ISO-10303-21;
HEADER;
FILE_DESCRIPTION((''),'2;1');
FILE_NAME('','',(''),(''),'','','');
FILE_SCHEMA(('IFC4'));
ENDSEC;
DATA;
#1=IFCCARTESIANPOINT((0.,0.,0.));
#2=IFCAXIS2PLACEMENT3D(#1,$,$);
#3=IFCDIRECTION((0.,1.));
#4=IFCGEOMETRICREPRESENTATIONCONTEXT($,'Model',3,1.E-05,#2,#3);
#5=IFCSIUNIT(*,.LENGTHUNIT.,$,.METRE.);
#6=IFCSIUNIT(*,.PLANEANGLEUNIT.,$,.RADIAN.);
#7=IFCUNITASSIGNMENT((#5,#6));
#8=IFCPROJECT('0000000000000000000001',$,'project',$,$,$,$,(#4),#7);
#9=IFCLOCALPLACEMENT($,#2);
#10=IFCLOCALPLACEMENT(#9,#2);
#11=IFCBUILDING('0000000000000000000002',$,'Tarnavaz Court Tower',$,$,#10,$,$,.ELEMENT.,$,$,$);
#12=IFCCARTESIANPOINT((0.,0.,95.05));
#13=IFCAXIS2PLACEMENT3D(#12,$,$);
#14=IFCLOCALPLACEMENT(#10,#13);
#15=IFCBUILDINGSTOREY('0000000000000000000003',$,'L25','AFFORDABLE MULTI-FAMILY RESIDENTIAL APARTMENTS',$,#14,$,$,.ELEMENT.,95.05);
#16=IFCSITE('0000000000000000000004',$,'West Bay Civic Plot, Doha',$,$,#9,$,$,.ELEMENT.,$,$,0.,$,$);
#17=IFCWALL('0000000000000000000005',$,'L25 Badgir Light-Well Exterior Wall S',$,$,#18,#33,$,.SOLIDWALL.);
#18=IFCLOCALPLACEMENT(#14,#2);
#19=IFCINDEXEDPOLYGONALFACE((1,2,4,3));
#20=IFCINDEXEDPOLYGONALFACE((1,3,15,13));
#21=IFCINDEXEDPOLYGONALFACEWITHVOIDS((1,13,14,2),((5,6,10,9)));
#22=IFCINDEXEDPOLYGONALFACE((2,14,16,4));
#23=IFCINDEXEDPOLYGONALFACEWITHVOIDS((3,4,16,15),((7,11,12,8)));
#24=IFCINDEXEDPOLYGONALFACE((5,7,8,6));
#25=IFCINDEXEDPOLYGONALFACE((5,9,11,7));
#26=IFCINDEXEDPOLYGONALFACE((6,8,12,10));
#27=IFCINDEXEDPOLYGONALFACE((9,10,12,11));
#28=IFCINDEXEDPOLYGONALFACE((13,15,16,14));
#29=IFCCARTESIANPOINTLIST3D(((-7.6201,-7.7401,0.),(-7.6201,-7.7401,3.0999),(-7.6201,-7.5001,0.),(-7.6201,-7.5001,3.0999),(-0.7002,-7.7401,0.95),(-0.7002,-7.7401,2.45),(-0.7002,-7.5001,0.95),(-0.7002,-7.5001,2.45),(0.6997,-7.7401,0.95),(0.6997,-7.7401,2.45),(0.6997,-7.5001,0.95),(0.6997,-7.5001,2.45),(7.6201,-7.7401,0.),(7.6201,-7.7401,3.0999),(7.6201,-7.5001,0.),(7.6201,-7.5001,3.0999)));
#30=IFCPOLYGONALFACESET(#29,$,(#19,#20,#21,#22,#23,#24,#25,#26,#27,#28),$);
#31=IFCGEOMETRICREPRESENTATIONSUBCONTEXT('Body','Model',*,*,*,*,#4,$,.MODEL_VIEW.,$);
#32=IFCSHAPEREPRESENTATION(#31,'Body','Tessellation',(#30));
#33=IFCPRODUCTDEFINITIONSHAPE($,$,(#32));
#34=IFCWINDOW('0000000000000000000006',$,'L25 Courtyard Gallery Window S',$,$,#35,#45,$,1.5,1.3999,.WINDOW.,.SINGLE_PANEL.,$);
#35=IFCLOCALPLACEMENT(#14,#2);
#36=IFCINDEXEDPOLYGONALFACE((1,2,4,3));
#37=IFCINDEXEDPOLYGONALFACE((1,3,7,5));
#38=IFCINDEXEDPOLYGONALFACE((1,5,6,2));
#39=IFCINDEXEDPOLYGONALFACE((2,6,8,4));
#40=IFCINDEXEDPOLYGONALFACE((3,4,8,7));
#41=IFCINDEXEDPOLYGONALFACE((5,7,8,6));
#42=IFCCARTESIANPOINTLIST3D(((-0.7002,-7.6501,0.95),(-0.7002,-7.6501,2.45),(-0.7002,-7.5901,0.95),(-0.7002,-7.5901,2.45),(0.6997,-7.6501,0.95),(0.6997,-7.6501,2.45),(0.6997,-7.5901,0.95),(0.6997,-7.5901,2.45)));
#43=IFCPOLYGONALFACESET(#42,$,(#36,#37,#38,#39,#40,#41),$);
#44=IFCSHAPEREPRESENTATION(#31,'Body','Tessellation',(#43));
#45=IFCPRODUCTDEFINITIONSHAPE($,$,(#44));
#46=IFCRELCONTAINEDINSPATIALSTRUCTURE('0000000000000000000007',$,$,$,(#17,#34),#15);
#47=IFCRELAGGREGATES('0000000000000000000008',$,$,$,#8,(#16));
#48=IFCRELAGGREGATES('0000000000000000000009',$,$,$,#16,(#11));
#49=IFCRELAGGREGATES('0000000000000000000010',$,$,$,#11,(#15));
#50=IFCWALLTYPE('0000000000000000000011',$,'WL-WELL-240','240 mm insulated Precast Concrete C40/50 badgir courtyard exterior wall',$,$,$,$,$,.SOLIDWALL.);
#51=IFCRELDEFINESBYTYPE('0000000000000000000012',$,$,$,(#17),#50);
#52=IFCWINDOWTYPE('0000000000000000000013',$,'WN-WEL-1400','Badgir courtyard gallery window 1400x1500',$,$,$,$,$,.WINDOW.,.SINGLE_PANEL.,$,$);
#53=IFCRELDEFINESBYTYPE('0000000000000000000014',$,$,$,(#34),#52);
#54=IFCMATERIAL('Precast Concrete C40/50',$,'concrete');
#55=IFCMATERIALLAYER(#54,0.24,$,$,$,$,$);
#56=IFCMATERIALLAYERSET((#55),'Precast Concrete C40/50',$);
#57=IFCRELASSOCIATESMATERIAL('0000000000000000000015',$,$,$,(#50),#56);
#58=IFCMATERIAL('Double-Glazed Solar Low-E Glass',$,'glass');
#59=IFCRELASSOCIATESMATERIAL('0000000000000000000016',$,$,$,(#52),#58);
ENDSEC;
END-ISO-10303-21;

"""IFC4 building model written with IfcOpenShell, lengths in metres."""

from ifc_helpers import new_model, si_unit, direction, frame, frame_2d, origin, place, context, subcontext, project, spatial, rectangle, extrude, material, layer, layer_set, type_object, element, fill, save


model = new_model("IFC4")

# Units and contexts
model_context = context("Model", 3, precision=1e-05, world=origin(), true_north=direction((0.0, 1.0)))
body_context = subcontext(model_context, "Body", "Model", "MODEL_VIEW")
ifc_project = project(units=[si_unit("LENGTHUNIT", "METRE"), si_unit("PLANEANGLEUNIT", "RADIAN")], contexts=[model_context])

# Site, building, storey
site_placement = place(None, origin())
site = spatial("IfcSite", under=ifc_project, at=site_placement, Name="West Bay Civic Plot, Doha", CompositionType="ELEMENT", RefElevation=0.0)
building_placement = place(site_placement, origin())
building = spatial("IfcBuilding", under=site, at=building_placement, Name="Tarnavaz Court Tower", CompositionType="ELEMENT")
storey_placement = place(building_placement, frame((0.0, 0.0, 95.05)))
storey = spatial("IfcBuildingStorey", under=building, at=storey_placement, Name="L25", Description="AFFORDABLE MULTI-FAMILY RESIDENTIAL APARTMENTS", CompositionType="ELEMENT", Elevation=95.05)

# Wall, opening, window
ifc_material_1 = material(Name="Precast Concrete C40/50", Category="concrete")
ifc_layer_1 = layer(ifc_material_1, 0.24)
ifc_layer_set_1 = layer_set([ifc_layer_1], Name="Precast Concrete C40/50")
wall_type_1 = type_object("IfcWallType", Name="WL-WELL-240", Description="240 mm insulated Precast Concrete C40/50 badgir courtyard exterior wall", PredefinedType="SOLIDWALL", material=ifc_layer_set_1)
wall_1_placement = place(storey_placement, frame((-7.6201, -7.6201, 0.0), z_axis=(0.0, 0.0, 1.0), x_axis=(1.0, 0.0, 0.0)))
wall_1 = element("IfcWall", 1, at=wall_1_placement, inside=storey, type_object=wall_type_1, Name="L25 Badgir Light-Well Exterior Wall S", PredefinedType="SOLIDWALL", context=body_context, shape_type="SweptSolid", body=[
    extrude(rectangle(XDim=15.2402, YDim=0.24, at=frame_2d((7.6201, 0.0))), origin(), (0.0, 0.0, 1.0), 3.0999),
])
opening_1_placement = place(wall_1_placement, frame((6.9199, 0.0, 0.95)))
opening_1 = element("IfcOpeningElement", 2, at=opening_1_placement, cuts=wall_1, PredefinedType="OPENING", context=body_context, shape_type="SweptSolid", body=[
    extrude(rectangle(XDim=1.3999, YDim=1.5, at=frame_2d((0.7, 0.75))), frame((0.0, 0.1299, 0.0), z_axis=(0.0, -1.0, 0.0), x_axis=(1.0, 0.0, 0.0)), (0.0, 0.0, 1.0), 0.26),
])
ifc_material_2 = material(Name="Double-Glazed Solar Low-E Glass", Category="glass")
window_type = type_object("IfcWindowType", Name="WN-WEL-1400", Description="Badgir courtyard gallery window 1400x1500", PartitioningType="SINGLE_PANEL", PredefinedType="WINDOW", material=ifc_material_2)
window_placement = place(opening_1_placement, origin())
window = element("IfcWindow", 3, at=window_placement, inside=storey, type_object=window_type, Name="L25 Courtyard Gallery Window S", OverallHeight=1.5, OverallWidth=1.3999, PartitioningType="SINGLE_PANEL", PredefinedType="WINDOW", context=body_context, shape_type="SweptSolid", body=[
    extrude(rectangle(XDim=1.3999, YDim=1.5, at=frame_2d((0.7, 0.75))), frame((0.0, 0.03, 0.0), z_axis=(0.0, -1.0, 0.0), x_axis=(1.0, 0.0, 0.0)), (0.0, 0.0, 1.0), 0.0601),
])
fill(opening_1, window)

save(model, "model.ifc")
